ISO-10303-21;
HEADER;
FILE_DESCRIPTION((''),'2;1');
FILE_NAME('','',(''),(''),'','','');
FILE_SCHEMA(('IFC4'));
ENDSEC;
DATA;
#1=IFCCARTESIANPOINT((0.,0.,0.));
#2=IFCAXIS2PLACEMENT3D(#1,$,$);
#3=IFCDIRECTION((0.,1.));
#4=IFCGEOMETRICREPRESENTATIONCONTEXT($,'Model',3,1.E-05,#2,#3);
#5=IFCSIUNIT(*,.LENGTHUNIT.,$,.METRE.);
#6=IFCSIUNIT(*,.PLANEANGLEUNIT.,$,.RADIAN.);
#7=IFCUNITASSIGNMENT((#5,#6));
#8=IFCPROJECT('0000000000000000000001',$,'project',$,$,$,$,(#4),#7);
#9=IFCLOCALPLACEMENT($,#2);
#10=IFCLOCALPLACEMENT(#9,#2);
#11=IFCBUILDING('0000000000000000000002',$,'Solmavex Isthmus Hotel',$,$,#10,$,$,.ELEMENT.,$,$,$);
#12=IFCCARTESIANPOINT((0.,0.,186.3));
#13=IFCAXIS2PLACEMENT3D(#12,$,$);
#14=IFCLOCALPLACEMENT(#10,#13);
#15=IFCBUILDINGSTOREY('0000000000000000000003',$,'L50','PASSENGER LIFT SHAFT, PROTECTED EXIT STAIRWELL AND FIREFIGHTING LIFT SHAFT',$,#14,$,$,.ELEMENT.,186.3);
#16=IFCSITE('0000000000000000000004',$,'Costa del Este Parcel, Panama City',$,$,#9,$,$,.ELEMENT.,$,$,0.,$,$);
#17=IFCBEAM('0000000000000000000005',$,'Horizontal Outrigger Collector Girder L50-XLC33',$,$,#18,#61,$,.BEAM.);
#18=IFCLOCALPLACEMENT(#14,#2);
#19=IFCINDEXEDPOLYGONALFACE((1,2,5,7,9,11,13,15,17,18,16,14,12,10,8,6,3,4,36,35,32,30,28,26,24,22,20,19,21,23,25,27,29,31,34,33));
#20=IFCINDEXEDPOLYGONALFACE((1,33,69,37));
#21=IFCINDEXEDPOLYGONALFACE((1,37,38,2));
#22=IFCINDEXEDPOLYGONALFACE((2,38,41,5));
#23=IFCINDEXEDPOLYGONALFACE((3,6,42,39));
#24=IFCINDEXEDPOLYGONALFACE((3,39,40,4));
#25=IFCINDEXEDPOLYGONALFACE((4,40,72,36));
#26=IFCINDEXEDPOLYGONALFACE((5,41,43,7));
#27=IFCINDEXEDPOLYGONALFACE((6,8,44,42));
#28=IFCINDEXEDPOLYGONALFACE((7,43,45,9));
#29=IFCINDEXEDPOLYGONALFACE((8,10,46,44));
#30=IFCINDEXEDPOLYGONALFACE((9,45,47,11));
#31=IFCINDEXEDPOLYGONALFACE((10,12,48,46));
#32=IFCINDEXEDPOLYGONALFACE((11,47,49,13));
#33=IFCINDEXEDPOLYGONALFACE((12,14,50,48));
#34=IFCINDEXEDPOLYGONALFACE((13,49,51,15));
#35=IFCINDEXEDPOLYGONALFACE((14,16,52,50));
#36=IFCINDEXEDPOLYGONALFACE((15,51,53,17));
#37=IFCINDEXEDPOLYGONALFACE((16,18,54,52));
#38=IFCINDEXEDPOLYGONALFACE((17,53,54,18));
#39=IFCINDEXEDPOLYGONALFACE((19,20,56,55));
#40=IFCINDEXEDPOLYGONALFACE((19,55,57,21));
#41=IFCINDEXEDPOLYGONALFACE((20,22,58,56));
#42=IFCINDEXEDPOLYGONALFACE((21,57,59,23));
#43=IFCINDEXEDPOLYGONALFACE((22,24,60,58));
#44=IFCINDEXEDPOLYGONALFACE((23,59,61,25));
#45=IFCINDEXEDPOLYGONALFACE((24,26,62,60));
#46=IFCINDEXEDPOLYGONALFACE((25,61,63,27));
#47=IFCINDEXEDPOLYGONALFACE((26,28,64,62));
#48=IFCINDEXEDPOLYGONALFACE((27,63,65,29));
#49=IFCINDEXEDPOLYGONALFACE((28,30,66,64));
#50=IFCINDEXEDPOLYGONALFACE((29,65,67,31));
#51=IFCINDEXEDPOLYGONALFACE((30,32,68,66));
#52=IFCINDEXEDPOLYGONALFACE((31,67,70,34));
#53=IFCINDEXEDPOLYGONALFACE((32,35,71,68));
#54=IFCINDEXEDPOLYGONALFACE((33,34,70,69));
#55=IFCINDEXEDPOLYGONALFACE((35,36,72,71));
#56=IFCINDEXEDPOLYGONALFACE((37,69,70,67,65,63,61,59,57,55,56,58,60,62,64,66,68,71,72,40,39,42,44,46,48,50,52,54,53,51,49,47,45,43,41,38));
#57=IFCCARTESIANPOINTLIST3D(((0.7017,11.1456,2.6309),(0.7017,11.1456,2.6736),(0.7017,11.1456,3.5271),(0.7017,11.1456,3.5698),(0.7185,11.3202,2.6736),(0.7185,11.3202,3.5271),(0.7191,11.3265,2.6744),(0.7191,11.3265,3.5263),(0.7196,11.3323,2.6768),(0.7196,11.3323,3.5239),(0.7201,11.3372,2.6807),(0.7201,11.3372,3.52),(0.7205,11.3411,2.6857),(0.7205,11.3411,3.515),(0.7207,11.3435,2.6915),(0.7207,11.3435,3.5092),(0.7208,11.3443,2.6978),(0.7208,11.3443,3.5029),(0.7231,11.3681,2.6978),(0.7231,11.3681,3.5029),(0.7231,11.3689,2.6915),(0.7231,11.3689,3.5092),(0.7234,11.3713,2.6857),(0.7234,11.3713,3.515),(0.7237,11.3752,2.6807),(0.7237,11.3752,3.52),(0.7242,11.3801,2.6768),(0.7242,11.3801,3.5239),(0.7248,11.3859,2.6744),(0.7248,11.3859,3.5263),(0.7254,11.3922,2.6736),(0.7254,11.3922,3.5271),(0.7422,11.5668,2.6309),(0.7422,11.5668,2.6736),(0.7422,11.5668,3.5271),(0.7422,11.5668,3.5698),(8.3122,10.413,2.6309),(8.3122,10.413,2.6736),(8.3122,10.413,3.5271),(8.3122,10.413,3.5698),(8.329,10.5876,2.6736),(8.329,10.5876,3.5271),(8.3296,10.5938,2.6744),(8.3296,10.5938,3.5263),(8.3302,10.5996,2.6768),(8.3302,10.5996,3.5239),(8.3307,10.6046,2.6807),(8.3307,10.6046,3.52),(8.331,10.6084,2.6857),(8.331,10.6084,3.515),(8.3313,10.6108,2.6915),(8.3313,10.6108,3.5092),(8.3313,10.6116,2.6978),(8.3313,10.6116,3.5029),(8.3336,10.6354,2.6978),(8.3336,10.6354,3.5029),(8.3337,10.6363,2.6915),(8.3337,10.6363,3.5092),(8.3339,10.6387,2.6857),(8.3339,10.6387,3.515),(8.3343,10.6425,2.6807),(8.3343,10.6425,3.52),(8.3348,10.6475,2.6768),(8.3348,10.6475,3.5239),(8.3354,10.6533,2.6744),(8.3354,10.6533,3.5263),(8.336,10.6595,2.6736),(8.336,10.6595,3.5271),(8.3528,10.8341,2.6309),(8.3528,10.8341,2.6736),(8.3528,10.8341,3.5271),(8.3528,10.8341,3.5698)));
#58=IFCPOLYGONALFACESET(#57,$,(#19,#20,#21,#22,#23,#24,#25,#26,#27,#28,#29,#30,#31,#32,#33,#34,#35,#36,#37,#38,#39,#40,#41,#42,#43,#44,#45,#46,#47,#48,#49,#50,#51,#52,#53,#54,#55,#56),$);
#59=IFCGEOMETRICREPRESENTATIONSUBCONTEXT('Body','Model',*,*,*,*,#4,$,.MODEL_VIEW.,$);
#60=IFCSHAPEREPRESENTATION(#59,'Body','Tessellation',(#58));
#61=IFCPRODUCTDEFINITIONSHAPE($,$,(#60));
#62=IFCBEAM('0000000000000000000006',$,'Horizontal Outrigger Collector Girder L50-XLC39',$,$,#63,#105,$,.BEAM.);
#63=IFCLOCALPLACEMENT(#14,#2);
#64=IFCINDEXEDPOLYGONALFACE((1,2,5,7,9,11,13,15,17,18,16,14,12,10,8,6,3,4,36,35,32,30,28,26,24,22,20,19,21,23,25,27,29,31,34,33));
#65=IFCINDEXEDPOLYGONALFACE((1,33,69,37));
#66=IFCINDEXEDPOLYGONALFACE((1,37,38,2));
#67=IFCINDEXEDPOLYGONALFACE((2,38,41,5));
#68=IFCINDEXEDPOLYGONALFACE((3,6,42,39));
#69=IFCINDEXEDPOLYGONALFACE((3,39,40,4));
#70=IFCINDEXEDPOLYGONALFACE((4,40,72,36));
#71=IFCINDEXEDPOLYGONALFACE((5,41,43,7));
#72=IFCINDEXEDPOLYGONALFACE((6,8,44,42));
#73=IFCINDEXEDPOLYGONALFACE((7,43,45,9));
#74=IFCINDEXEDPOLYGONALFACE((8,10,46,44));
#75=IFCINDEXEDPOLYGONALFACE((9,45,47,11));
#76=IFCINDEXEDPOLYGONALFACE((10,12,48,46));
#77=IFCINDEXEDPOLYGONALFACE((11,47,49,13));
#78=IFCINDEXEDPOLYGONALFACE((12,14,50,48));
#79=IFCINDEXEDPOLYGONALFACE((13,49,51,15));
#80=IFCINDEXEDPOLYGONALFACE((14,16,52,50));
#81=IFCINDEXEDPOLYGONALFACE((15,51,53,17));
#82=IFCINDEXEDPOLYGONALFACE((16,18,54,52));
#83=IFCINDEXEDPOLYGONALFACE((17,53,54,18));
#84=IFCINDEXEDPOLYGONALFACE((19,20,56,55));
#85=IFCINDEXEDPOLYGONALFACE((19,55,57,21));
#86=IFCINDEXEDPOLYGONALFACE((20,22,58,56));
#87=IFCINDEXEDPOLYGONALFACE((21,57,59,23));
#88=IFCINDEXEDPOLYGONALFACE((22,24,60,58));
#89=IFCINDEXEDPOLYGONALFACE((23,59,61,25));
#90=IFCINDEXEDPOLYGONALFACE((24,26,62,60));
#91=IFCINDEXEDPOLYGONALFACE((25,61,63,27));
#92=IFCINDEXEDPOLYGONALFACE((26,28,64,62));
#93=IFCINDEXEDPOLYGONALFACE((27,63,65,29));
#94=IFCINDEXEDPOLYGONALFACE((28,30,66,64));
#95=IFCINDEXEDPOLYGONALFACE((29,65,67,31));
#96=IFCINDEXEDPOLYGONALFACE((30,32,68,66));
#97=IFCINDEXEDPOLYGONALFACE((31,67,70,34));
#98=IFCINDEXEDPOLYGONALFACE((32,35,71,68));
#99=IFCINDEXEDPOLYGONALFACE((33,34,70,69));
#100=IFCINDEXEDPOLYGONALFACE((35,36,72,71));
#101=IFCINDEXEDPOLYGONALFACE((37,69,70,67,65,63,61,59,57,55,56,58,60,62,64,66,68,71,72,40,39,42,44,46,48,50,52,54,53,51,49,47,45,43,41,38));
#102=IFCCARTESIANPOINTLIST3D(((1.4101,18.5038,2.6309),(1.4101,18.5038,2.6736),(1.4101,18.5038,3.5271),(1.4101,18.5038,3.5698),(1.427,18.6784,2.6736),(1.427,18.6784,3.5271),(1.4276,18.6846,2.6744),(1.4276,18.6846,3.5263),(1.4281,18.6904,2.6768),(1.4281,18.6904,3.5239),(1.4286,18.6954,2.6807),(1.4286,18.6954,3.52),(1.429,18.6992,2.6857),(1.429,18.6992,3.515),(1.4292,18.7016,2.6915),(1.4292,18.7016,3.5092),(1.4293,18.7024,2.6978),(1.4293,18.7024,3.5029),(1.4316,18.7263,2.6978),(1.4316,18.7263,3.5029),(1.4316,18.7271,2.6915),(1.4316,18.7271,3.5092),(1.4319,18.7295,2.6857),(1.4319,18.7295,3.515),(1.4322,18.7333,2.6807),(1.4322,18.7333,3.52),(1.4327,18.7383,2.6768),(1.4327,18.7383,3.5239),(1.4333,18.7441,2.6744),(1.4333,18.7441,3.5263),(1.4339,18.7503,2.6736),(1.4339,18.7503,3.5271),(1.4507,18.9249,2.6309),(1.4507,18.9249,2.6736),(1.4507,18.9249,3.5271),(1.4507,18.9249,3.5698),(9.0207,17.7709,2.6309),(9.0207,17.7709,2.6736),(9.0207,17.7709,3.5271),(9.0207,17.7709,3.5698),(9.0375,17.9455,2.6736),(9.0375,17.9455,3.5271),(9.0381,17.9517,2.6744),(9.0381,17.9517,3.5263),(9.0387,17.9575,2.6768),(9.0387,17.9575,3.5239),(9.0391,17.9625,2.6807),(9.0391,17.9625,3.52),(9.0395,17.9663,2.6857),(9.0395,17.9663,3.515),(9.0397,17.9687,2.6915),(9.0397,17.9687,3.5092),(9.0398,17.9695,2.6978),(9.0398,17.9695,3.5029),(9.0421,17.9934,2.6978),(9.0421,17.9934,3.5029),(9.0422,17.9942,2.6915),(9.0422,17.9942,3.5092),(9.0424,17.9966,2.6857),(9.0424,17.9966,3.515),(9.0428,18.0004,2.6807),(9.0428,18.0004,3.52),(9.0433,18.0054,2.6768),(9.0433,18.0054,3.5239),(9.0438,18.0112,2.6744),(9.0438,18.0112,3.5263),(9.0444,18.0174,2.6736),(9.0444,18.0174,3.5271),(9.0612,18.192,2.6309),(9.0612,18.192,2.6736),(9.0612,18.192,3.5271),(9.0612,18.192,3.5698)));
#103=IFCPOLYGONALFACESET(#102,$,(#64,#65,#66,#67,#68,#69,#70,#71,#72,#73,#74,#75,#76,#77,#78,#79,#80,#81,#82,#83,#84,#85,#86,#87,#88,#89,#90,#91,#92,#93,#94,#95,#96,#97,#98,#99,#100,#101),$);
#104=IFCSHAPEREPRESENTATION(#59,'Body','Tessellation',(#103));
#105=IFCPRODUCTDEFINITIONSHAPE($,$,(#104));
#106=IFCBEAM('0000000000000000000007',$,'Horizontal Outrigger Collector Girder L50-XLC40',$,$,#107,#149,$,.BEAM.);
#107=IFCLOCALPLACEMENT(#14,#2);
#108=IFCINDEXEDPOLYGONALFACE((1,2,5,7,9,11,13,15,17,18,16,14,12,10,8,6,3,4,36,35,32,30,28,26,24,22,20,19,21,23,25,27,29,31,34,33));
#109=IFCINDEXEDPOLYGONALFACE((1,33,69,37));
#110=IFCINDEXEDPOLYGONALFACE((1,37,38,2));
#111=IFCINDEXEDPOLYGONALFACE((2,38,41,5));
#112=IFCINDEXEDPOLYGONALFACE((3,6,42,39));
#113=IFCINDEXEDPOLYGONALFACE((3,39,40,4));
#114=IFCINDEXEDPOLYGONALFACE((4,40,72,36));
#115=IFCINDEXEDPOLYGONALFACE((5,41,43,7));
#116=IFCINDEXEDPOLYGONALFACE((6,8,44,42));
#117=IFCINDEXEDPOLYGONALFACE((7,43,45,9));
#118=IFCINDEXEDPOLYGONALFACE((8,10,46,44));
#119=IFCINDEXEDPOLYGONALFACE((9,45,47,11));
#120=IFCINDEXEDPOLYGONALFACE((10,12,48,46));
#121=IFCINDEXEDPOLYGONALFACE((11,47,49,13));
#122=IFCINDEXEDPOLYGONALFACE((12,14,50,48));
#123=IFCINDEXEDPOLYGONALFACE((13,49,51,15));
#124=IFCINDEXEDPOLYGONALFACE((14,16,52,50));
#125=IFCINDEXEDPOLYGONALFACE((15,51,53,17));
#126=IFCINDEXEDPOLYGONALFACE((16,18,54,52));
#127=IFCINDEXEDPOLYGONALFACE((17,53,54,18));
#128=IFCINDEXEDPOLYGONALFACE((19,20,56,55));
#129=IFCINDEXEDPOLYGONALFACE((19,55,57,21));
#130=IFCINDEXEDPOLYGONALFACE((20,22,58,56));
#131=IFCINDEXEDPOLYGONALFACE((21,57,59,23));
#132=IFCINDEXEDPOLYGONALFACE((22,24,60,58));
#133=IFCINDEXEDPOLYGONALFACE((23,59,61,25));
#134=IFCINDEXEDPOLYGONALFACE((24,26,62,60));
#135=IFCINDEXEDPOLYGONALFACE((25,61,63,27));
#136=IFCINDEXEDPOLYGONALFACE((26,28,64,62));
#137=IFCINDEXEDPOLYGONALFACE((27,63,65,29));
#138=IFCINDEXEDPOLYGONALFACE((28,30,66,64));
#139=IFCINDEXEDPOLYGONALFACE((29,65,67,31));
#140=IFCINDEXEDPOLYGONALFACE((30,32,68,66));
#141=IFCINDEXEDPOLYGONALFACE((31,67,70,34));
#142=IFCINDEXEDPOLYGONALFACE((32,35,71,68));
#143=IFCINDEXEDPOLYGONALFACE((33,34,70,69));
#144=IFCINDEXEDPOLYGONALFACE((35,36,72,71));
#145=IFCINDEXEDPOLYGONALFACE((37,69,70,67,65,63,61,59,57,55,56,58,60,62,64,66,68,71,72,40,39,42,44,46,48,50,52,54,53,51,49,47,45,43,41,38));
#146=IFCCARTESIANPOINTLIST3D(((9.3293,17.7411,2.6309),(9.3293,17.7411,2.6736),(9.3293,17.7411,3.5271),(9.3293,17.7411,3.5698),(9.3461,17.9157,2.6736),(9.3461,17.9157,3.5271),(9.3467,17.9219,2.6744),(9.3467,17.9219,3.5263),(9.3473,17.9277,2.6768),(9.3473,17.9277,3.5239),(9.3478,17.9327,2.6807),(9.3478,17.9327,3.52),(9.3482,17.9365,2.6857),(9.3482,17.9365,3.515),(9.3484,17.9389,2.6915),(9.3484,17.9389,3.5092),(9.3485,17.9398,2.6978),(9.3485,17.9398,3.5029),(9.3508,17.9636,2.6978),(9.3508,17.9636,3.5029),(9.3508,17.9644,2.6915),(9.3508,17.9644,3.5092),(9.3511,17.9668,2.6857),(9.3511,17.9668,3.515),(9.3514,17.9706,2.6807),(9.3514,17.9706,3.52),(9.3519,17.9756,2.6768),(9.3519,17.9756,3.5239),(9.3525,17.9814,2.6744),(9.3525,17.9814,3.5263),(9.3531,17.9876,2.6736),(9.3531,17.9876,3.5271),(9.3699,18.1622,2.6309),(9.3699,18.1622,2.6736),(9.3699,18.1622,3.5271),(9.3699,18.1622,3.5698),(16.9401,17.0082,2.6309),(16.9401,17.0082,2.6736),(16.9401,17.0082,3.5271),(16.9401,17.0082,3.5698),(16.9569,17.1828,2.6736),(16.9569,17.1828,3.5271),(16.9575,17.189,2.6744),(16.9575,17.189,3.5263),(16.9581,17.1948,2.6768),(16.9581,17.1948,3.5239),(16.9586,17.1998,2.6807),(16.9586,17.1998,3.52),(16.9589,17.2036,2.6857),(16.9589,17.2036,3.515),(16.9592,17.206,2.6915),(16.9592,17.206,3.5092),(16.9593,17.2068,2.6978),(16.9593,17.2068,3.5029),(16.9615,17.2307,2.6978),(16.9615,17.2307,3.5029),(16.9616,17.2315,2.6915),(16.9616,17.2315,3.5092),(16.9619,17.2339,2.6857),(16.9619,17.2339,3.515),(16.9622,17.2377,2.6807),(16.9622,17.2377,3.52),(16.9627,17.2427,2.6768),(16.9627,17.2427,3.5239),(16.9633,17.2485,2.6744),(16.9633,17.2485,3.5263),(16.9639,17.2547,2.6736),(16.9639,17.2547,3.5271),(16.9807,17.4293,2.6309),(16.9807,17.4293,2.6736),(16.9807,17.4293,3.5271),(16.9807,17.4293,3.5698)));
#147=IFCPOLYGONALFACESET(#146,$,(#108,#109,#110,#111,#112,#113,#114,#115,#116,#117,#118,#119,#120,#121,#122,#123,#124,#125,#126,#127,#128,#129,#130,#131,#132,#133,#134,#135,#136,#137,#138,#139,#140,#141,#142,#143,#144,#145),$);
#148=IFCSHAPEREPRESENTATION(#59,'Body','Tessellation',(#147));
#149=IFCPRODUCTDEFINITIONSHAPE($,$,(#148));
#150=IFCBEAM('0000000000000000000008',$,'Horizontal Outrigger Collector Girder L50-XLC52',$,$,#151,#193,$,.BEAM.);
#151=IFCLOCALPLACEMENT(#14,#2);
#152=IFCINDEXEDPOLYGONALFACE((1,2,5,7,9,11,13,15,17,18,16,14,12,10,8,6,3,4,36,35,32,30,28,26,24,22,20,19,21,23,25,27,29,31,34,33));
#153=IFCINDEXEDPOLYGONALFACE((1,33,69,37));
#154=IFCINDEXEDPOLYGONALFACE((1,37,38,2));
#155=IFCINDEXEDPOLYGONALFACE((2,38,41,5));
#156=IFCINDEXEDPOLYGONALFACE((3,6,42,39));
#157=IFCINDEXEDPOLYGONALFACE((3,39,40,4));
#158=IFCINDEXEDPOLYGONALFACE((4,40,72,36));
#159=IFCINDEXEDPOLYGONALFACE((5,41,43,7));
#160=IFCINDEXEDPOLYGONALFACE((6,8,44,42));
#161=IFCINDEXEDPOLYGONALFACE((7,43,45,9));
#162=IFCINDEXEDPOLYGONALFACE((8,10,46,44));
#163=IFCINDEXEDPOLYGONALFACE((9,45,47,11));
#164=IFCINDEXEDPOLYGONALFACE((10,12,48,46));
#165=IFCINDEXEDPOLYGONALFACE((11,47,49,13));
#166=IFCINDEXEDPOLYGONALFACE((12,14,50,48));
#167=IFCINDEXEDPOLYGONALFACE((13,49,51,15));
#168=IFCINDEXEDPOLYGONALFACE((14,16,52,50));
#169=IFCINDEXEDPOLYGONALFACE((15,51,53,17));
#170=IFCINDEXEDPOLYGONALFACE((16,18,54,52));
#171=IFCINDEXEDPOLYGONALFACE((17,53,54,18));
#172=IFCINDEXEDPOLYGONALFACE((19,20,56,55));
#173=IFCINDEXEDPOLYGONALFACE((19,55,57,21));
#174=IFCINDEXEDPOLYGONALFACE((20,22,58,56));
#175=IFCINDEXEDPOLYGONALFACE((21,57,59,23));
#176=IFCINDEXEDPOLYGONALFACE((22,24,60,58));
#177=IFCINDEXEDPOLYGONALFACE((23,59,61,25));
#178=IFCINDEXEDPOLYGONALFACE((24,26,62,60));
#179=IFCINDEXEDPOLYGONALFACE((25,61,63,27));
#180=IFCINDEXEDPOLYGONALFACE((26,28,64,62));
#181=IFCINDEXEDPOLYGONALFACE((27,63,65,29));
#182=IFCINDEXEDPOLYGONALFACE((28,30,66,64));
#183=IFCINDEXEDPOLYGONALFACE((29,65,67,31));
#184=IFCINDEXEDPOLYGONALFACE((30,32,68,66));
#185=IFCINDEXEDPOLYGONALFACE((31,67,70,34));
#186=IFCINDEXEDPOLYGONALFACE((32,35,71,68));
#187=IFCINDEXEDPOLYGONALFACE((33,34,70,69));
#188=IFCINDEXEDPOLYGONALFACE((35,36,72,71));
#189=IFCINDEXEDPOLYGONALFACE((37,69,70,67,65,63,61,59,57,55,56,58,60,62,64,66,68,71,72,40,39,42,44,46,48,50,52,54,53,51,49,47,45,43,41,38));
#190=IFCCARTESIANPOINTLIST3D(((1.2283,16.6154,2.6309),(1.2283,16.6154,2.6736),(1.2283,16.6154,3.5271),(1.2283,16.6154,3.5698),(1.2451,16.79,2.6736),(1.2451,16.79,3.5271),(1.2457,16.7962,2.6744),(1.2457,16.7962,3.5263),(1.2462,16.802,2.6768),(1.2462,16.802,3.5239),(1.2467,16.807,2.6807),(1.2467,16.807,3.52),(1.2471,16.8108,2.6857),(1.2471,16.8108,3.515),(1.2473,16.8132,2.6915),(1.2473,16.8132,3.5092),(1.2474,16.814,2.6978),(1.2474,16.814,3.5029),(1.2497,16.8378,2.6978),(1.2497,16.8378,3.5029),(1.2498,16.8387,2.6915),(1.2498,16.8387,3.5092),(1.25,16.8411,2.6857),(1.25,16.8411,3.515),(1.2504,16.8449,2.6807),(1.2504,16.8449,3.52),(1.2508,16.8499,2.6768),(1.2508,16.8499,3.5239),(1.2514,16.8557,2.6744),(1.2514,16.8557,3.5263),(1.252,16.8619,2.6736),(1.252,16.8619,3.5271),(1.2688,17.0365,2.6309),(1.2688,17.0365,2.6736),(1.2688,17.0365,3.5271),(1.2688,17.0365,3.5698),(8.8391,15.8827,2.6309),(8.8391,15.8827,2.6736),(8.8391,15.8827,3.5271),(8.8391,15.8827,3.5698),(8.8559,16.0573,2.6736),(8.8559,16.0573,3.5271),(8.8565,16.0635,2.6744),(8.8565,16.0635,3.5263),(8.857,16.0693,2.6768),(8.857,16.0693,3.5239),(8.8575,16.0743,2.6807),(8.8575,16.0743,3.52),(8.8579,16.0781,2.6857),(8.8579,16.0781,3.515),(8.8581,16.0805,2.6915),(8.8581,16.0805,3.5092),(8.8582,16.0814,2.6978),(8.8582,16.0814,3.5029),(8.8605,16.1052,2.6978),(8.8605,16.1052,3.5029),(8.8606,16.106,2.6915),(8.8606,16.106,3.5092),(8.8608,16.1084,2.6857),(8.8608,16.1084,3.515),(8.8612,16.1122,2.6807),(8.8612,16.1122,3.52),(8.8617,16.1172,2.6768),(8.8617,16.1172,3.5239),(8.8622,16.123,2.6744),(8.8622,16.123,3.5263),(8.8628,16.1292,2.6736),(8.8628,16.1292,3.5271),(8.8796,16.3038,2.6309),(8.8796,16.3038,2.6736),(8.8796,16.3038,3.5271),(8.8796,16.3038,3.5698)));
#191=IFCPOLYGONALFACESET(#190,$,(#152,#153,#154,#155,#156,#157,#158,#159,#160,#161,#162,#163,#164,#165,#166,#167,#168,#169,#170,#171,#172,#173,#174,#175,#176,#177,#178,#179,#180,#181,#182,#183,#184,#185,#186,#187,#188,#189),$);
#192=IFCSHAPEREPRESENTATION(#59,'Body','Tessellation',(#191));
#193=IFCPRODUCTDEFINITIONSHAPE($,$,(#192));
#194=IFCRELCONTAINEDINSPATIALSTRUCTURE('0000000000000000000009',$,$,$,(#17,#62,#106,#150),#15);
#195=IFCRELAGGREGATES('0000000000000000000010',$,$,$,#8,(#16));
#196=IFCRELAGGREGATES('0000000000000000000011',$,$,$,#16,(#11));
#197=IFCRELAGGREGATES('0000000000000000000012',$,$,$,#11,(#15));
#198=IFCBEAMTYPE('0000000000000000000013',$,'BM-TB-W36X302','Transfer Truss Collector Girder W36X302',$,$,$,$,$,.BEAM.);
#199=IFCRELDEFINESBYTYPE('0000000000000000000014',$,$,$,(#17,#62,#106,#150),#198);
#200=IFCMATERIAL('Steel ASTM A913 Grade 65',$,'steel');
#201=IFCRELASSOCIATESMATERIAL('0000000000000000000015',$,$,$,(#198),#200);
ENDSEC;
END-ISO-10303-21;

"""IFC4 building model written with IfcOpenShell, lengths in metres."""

from ifc_helpers import new_model, si_unit, direction, frame, origin, origin_2d, place, context, subcontext, project, spatial, i_section, extrude, material, material_profile, profile_set, type_object, element, save


model = new_model("IFC4")

# Units and contexts
model_context = context("Model", 3, precision=1e-05, world=origin(), true_north=direction((0.0, 1.0)))
body_context = subcontext(model_context, "Body", "Model", "MODEL_VIEW")
ifc_project = project(units=[si_unit("LENGTHUNIT", "METRE"), si_unit("PLANEANGLEUNIT", "RADIAN")], contexts=[model_context])

# Site, building, storey
site_placement = place(None, origin())
site = spatial("IfcSite", under=ifc_project, at=site_placement, Name="Costa del Este Parcel, Panama City", CompositionType="ELEMENT", RefElevation=0.0)
building_placement = place(site_placement, origin())
building = spatial("IfcBuilding", under=site, at=building_placement, Name="Solmavex Isthmus Hotel", CompositionType="ELEMENT")
storey_placement = place(building_placement, frame((0.0, 0.0, 186.3)))
storey = spatial("IfcBuildingStorey", under=building, at=storey_placement, Name="L50", Description="PASSENGER LIFT SHAFT, PROTECTED EXIT STAIRWELL AND FIREFIGHTING LIFT SHAFT", CompositionType="ELEMENT", Elevation=186.3)

# Shared definitions
ifc_material_1 = material(Name="Steel ASTM A913 Grade 65", Category="steel")

# Beams
ifc_material_profile_1 = material_profile(ifc_material_1, i_section(OverallWidth=0.4231, OverallDepth=0.939, WebThickness=0.0239, FlangeThickness=0.0427, FilletRadius=0.0242, at=origin_2d()), Name="W36X302")
ifc_profile_set_1 = profile_set([ifc_material_profile_1], Name="Steel ASTM A913 Grade 65")
beam_type_1 = type_object("IfcBeamType", Name="BM-TB-W36X302", Description="Transfer Truss Collector Girder W36X302", PredefinedType="BEAM", material=ifc_profile_set_1)
for number, where, z_axis, x_axis, name in (
    (1, (0.7219, 11.3562, 3.1003), (0.995398, -0.095826, 0.0), (0.095826, 0.995398, 0.0), "Horizontal Outrigger Collector Girder L50-XLC33"),
    (2, (1.4304, 18.7144, 3.1003), (0.995395, -0.095858, 0.0), (0.095858, 0.995395, 0.0), "Horizontal Outrigger Collector Girder L50-XLC39"),
):
    element("IfcBeam", number, at=place(storey_placement, frame(where, z_axis=z_axis, x_axis=x_axis)), inside=storey, type_object=beam_type_1, Name=name, PredefinedType="BEAM", context=body_context, shape_type="SweptSolid", body=[
        extrude(i_section(OverallWidth=0.4231, OverallDepth=0.939, WebThickness=0.0239, FlangeThickness=0.0427, FilletRadius=0.0242, at=origin_2d()), origin(), (0.0, 0.0, 1.0), 7.6458),
    ])
for number, where, z_axis, x_axis, name in (
    (3, (9.3496, 17.9517, 3.1003), (0.995395, -0.095855, 0.0), (0.095855, 0.995395, 0.0), "Horizontal Outrigger Collector Girder L50-XLC40"),
    (4, (1.2485, 16.8259, 3.1003), (0.995398, -0.095823, 0.0), (0.095823, 0.995398, 0.0), "Horizontal Outrigger Collector Girder L50-XLC52"),
):
    element("IfcBeam", number, at=place(storey_placement, frame(where, z_axis=z_axis, x_axis=x_axis)), inside=storey, type_object=beam_type_1, Name=name, PredefinedType="BEAM", context=body_context, shape_type="SweptSolid", body=[
        extrude(i_section(OverallWidth=0.4231, OverallDepth=0.939, WebThickness=0.0239, FlangeThickness=0.0427, FilletRadius=0.0242, at=origin_2d()), origin(), (0.0, 0.0, 1.0), 7.646),
    ])

save(model, "model.ifc")
